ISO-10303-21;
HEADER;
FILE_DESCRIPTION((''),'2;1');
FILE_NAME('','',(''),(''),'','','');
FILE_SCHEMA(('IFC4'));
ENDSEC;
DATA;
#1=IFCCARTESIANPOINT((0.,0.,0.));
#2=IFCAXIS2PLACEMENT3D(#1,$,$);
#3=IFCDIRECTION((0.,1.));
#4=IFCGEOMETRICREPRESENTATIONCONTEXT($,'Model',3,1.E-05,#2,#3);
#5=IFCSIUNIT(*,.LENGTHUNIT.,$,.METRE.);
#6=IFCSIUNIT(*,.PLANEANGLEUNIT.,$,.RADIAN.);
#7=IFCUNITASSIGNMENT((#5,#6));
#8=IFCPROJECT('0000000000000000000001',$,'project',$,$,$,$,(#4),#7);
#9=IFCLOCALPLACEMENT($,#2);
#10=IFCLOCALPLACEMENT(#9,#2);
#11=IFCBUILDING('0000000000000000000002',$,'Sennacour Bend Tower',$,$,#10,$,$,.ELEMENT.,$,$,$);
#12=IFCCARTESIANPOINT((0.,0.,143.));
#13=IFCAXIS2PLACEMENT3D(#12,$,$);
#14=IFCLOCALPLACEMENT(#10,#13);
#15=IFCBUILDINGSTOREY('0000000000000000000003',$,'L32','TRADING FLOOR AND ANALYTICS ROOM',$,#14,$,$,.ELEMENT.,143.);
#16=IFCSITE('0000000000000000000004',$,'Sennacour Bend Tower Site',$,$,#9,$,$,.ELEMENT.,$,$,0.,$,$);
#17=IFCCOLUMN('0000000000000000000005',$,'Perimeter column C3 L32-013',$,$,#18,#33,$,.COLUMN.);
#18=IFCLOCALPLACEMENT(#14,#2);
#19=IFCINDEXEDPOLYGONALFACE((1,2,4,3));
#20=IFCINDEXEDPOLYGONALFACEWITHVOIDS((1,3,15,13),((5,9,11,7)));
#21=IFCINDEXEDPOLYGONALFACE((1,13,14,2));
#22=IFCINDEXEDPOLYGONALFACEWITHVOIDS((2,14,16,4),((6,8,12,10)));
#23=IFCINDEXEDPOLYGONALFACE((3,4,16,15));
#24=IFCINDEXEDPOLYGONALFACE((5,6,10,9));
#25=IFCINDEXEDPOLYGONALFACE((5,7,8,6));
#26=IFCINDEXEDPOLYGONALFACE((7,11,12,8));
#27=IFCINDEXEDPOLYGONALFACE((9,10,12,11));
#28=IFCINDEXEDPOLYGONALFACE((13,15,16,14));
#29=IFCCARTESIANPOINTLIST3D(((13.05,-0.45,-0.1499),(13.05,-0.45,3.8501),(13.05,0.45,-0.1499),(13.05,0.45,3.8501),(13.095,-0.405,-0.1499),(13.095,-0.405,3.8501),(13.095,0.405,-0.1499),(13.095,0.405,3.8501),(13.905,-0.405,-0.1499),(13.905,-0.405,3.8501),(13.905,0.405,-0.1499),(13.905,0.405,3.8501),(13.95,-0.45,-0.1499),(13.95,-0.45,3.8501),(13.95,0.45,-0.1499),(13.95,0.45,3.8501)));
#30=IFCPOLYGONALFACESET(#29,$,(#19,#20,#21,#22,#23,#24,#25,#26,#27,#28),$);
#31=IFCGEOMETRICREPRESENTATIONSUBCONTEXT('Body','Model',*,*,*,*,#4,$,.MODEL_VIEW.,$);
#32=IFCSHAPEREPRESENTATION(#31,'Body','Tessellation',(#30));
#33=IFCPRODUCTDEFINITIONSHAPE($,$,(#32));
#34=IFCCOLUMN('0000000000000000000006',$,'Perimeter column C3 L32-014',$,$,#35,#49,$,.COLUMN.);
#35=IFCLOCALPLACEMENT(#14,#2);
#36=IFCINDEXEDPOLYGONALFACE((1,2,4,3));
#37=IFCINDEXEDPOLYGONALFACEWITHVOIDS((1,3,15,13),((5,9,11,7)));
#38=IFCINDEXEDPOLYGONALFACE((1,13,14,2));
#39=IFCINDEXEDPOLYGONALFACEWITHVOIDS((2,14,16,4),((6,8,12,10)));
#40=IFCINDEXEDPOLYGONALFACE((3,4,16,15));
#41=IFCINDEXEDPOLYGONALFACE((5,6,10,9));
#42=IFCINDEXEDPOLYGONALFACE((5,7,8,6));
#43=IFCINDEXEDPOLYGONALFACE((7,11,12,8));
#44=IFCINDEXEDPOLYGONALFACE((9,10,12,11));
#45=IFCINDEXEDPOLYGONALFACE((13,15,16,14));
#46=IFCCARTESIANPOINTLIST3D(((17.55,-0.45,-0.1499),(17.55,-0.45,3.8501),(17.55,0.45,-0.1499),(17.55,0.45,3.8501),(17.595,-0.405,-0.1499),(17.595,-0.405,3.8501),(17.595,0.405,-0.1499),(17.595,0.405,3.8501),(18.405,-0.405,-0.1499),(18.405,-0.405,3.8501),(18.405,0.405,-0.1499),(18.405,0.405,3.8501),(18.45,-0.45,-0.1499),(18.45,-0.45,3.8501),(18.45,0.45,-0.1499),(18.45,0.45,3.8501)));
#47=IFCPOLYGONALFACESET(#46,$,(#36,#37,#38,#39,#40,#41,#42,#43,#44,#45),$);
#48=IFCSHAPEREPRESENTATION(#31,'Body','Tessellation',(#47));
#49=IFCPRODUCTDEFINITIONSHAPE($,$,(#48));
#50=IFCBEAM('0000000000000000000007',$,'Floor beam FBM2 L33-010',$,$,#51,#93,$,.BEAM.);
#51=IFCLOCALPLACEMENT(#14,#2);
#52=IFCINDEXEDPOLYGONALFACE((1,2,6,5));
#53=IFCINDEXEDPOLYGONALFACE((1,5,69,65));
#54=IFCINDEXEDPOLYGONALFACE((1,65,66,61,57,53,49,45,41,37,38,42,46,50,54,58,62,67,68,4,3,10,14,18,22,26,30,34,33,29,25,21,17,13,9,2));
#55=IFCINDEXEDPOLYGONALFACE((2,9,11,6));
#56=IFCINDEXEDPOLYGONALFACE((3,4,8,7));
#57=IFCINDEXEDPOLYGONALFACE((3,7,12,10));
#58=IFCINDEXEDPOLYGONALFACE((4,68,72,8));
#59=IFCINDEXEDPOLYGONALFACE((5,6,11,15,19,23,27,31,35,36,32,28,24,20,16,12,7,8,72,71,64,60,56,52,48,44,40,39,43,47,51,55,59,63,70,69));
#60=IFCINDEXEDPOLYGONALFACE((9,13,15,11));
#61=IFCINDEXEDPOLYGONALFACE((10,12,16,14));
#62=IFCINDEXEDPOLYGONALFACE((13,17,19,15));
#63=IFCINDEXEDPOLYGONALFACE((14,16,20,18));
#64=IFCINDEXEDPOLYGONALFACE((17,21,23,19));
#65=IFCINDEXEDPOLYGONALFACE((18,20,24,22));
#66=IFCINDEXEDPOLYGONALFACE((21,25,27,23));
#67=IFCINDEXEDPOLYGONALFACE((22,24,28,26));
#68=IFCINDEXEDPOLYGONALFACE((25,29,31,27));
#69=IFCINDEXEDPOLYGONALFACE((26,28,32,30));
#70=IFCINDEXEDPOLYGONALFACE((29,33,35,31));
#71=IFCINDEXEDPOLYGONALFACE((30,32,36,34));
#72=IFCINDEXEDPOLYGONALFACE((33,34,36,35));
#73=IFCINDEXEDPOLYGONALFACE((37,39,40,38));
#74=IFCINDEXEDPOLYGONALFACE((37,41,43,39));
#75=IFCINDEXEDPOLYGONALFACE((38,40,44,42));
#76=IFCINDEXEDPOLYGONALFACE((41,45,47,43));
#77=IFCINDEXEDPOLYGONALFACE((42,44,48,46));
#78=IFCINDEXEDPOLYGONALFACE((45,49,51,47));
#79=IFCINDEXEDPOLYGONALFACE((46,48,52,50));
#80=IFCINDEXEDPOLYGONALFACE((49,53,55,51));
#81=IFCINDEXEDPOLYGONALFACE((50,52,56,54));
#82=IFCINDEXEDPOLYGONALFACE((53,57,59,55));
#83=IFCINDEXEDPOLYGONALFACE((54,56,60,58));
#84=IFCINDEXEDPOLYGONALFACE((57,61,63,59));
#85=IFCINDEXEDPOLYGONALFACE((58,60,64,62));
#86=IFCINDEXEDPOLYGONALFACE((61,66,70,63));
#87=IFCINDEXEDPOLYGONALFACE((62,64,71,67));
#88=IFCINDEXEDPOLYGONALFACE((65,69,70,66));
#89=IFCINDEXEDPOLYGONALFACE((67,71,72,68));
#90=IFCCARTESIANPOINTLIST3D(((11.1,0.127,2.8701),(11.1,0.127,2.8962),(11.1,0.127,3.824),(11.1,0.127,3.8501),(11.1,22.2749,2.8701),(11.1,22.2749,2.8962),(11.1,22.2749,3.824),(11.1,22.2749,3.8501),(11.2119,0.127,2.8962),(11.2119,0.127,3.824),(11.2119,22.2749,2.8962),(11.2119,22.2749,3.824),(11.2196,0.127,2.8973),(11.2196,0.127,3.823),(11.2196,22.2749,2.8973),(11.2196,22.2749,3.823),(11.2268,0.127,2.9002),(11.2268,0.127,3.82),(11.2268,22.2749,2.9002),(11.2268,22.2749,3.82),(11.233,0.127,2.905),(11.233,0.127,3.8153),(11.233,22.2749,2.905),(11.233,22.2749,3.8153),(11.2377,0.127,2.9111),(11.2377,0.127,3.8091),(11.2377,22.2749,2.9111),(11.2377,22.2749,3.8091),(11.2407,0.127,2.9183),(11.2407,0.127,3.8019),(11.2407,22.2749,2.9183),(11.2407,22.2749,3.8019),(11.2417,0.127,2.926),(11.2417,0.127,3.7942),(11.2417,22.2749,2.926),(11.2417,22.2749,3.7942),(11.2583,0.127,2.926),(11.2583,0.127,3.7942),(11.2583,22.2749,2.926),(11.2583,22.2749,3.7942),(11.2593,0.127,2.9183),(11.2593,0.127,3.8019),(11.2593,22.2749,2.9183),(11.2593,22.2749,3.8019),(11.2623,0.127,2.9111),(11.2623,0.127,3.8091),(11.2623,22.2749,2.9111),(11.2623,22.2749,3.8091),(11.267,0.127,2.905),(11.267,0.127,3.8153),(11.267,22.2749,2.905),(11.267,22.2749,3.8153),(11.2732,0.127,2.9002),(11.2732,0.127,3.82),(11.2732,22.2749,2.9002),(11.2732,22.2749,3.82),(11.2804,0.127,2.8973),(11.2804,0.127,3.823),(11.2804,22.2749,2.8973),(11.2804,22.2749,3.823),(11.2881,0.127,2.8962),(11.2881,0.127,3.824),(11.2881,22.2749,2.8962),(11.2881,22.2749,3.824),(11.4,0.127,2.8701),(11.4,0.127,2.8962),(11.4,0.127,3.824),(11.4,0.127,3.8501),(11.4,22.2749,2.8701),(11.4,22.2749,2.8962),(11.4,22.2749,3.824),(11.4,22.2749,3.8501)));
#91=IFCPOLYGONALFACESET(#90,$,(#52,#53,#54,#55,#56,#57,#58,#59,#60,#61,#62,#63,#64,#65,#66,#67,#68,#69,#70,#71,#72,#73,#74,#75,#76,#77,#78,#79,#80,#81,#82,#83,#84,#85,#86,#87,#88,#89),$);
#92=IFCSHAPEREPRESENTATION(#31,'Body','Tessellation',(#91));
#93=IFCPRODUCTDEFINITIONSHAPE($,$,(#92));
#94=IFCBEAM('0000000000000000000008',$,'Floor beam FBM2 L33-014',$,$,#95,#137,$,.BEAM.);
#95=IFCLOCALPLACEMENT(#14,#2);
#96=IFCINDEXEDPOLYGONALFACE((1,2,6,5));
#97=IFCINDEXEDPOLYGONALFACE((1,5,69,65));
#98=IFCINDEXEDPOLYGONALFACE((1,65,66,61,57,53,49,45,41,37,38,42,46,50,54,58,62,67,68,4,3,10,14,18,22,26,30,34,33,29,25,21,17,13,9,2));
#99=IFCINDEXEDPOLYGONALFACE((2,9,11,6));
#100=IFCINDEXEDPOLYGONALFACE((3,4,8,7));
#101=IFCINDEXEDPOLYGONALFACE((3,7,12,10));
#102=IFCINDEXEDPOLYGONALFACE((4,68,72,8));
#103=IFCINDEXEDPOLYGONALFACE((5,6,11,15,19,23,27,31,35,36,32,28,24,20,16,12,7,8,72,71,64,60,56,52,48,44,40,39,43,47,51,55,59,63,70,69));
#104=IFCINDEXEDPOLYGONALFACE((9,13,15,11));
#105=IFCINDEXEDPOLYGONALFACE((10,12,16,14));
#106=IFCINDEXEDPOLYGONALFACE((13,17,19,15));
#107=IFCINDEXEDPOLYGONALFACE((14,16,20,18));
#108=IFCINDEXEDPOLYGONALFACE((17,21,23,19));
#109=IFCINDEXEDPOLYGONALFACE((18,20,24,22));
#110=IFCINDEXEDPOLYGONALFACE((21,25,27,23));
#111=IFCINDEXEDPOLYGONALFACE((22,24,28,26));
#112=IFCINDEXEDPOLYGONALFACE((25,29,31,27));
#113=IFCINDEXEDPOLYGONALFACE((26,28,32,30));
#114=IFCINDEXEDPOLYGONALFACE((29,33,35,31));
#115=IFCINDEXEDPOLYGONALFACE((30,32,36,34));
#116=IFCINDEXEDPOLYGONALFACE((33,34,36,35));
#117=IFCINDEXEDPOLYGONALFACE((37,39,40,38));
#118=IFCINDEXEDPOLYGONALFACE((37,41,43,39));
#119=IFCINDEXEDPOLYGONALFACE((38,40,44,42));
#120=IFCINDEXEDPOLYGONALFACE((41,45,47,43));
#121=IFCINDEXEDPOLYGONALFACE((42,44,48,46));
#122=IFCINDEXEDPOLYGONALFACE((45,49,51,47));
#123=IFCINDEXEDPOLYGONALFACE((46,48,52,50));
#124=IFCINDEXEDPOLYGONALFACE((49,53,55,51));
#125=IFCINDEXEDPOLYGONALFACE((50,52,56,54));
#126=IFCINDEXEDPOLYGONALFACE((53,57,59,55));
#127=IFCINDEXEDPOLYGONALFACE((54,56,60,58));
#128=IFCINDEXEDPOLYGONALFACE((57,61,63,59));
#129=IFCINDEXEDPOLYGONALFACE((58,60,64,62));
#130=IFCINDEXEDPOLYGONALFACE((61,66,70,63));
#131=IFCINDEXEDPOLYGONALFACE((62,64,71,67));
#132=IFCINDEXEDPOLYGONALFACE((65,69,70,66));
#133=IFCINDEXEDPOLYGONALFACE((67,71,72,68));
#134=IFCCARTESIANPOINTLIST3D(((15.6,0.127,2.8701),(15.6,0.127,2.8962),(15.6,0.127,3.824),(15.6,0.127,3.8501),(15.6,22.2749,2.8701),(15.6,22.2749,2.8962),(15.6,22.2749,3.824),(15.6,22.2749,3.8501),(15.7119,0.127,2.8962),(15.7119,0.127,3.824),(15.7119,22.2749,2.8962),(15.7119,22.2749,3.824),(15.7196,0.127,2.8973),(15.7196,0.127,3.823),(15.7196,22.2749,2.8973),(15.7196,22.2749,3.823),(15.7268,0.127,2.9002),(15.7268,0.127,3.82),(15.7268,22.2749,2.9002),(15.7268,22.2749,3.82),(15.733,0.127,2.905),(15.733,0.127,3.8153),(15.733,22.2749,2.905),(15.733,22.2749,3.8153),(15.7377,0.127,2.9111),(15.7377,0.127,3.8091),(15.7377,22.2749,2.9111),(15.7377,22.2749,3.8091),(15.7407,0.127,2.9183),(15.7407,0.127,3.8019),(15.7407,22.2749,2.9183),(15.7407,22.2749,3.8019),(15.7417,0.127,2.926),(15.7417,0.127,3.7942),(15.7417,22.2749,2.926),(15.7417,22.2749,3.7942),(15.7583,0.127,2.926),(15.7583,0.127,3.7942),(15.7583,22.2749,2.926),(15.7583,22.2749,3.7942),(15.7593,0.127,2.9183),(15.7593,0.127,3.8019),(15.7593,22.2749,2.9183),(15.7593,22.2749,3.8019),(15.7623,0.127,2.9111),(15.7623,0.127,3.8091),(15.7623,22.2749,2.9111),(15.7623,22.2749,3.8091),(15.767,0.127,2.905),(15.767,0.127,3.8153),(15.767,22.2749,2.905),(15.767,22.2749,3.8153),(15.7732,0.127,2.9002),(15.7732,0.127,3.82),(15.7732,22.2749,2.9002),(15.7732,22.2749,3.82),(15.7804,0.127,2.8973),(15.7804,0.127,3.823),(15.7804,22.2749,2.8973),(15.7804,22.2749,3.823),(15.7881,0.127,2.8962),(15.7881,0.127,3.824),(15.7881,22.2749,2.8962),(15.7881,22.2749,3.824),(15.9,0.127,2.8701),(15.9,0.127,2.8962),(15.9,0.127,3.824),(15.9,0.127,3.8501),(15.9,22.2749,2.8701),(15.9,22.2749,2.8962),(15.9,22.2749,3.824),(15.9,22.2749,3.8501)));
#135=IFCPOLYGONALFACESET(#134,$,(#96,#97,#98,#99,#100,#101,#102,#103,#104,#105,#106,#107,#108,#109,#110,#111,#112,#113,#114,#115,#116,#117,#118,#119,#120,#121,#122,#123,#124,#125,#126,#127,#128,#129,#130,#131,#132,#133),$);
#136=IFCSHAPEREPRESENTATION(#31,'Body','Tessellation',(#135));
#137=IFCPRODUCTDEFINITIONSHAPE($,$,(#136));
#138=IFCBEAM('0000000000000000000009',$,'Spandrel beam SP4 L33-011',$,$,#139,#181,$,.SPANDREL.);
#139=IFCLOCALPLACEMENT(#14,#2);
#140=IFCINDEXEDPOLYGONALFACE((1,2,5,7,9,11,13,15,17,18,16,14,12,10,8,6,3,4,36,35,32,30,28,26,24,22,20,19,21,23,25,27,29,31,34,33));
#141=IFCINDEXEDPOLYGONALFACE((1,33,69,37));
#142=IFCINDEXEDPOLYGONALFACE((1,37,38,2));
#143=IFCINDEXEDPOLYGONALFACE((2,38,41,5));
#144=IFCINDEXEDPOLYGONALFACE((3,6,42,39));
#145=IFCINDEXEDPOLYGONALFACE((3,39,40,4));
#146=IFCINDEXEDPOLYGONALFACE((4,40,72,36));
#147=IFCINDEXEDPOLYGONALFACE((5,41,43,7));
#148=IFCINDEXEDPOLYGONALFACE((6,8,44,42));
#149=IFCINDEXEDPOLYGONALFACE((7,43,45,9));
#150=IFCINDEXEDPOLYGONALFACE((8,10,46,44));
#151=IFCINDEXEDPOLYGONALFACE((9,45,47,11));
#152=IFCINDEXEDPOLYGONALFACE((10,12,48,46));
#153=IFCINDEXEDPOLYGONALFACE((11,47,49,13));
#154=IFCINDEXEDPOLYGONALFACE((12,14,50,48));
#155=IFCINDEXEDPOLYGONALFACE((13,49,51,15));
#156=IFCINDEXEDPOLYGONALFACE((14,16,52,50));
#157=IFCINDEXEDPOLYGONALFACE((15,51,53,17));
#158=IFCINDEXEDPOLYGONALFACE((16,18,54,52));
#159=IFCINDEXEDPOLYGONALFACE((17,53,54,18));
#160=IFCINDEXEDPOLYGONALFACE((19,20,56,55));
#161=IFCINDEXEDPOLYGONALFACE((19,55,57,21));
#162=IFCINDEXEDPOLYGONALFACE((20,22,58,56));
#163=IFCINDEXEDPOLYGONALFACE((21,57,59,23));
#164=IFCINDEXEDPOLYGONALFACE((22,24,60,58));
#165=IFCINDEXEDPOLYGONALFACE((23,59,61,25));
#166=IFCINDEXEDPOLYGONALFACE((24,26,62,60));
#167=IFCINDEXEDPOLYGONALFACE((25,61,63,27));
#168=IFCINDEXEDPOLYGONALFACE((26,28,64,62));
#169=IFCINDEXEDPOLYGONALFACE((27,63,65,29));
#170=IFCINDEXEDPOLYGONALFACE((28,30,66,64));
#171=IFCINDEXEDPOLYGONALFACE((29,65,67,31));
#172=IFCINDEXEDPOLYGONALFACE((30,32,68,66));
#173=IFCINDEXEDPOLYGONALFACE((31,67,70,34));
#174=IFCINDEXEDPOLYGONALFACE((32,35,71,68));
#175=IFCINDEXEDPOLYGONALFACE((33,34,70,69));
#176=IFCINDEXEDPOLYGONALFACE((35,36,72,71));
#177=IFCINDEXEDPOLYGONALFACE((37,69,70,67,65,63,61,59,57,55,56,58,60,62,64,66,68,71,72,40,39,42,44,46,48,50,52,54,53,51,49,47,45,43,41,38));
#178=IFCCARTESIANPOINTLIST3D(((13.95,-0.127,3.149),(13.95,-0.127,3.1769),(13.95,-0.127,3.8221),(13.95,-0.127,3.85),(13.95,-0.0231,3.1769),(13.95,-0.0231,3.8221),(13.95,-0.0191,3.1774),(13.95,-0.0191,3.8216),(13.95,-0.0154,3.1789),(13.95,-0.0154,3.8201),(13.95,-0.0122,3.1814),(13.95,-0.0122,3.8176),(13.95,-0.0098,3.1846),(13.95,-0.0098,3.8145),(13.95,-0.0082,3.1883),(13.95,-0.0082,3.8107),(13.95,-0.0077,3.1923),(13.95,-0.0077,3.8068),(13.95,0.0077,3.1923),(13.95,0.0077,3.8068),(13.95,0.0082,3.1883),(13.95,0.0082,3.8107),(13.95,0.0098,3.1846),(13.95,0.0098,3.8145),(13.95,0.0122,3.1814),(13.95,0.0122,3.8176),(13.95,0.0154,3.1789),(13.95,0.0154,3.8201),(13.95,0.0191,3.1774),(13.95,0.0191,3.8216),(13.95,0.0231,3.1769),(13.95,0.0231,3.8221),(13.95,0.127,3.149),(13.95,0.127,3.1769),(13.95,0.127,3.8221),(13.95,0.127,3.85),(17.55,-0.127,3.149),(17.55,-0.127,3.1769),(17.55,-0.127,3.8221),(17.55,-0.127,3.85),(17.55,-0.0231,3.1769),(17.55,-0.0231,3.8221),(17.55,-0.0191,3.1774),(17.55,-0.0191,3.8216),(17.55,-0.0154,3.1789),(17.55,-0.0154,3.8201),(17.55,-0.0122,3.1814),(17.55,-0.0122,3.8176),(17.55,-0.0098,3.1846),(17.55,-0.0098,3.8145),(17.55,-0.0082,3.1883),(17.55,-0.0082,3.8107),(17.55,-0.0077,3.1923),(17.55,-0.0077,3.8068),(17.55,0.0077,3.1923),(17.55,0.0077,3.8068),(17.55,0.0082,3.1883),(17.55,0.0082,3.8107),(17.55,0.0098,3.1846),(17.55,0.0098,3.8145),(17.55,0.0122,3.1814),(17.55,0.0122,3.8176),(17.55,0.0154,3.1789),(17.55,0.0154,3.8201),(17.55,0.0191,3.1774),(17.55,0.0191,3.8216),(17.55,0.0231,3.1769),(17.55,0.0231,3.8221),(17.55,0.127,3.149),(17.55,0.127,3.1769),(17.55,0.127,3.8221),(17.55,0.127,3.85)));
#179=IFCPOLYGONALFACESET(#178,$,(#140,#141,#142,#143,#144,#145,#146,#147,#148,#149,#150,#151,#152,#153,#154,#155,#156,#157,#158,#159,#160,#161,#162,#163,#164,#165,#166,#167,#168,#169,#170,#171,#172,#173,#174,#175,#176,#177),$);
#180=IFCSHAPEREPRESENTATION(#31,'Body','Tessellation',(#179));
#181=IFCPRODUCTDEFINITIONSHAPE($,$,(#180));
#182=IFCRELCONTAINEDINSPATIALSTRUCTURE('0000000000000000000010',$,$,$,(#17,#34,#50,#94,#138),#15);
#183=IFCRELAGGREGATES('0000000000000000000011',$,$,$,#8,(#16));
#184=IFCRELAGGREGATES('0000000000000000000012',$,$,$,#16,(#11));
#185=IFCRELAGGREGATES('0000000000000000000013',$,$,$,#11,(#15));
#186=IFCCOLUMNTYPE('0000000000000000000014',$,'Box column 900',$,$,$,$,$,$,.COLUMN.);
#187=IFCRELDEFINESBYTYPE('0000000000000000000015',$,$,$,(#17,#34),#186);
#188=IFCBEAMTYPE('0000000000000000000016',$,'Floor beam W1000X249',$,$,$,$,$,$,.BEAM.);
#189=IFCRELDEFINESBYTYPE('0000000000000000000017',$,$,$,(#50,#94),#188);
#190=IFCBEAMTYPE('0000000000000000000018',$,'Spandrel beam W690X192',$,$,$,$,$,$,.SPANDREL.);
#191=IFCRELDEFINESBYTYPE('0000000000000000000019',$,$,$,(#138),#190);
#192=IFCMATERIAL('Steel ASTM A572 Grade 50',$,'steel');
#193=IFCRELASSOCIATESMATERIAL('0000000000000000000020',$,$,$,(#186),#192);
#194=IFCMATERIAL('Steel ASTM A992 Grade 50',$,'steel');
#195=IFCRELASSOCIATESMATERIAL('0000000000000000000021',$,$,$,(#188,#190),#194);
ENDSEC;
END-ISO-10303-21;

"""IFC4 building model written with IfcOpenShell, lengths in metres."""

from ifc_helpers import new_model, si_unit, direction, frame, origin, origin_2d, place, context, subcontext, project, spatial, hollow_rectangle, i_section, extrude, material, material_profile, profile_set, type_object, element, save


model = new_model("IFC4")

# Units and contexts
model_context = context("Model", 3, precision=1e-05, world=origin(), true_north=direction((0.0, 1.0)))
body_context = subcontext(model_context, "Body", "Model", "MODEL_VIEW")
ifc_project = project(units=[si_unit("LENGTHUNIT", "METRE"), si_unit("PLANEANGLEUNIT", "RADIAN")], contexts=[model_context])

# Site, building, storey
site_placement = place(None, origin())
site = spatial("IfcSite", under=ifc_project, at=site_placement, Name="Sennacour Bend Tower Site", CompositionType="ELEMENT", RefElevation=0.0)
building_placement = place(site_placement, origin())
building = spatial("IfcBuilding", under=site, at=building_placement, Name="Sennacour Bend Tower", CompositionType="ELEMENT")
storey_placement = place(building_placement, frame((0.0, 0.0, 143.0)))
storey = spatial("IfcBuildingStorey", under=building, at=storey_placement, Name="L32", Description="TRADING FLOOR AND ANALYTICS ROOM", CompositionType="ELEMENT", Elevation=143.0)

# Columns
ifc_material_1 = material(Name="Steel ASTM A572 Grade 50", Category="steel")
ifc_material_profile_1 = material_profile(ifc_material_1, hollow_rectangle(XDim=0.8999, YDim=0.8999, WallThickness=0.0449, at=origin_2d()), Name="Steel ASTM A572 Grade 50", Category="steel")
ifc_profile_set_1 = profile_set([ifc_material_profile_1], Name="Steel ASTM A572 Grade 50")
column_type = type_object("IfcColumnType", Name="Box column 900", PredefinedType="COLUMN", material=ifc_profile_set_1)
for number, where, z_axis, x_axis, name in (
    (1, (13.5, 0.0, -0.1499), (0.0, 0.0, 1.0), (1.0, 0.0, 0.0), "Perimeter column C3 L32-013"),
    (2, (18.0, 0.0, -0.1499), (0.0, 0.0, 1.0), (1.0, 0.0, 0.0), "Perimeter column C3 L32-014"),
):
    element("IfcColumn", number, at=place(storey_placement, frame(where, z_axis=z_axis, x_axis=x_axis)), inside=storey, type_object=column_type, Name=name, PredefinedType="COLUMN", context=body_context, shape_type="SweptSolid", body=[
        extrude(hollow_rectangle(XDim=0.8999, YDim=0.8999, WallThickness=0.0449, at=origin_2d()), origin(), (0.0, 0.0, 1.0), 4.0),
    ])

# Beams
ifc_material_2 = material(Name="Steel ASTM A992 Grade 50", Category="steel")
ifc_material_profile_2 = material_profile(ifc_material_2, i_section(OverallWidth=0.3, OverallDepth=0.98, WebThickness=0.0166, FlangeThickness=0.0261, FilletRadius=0.0298, at=origin_2d()), Name="Steel ASTM A992 Grade 50", Category="steel")
ifc_profile_set_2 = profile_set([ifc_material_profile_2], Name="Steel ASTM A992 Grade 50")
beam_type_1 = type_object("IfcBeamType", Name="Floor beam W1000X249", PredefinedType="BEAM", material=ifc_profile_set_2)
for number, where, z_axis, x_axis, name in (
    (3, (11.25, 0.127, 3.3601), (0.0, 1.0, 0.0), (-1.0, 0.0, 0.0), "Floor beam FBM2 L33-010"),
    (4, (15.75, 0.127, 3.3601), (0.0, 1.0, 0.0), (-1.0, 0.0, 0.0), "Floor beam FBM2 L33-014"),
):
    element("IfcBeam", number, at=place(storey_placement, frame(where, z_axis=z_axis, x_axis=x_axis)), inside=storey, type_object=beam_type_1, Name=name, PredefinedType="BEAM", context=body_context, shape_type="SweptSolid", body=[
        extrude(i_section(OverallWidth=0.3, OverallDepth=0.98, WebThickness=0.0166, FlangeThickness=0.0261, FilletRadius=0.0298, at=origin_2d()), origin(), (0.0, 0.0, 1.0), 22.1479),
    ])
ifc_material_profile_3 = material_profile(ifc_material_2, i_section(OverallWidth=0.2539, OverallDepth=0.7009, WebThickness=0.0154, FlangeThickness=0.0278, FilletRadius=0.0154, at=origin_2d()), Name="Steel ASTM A992 Grade 50", Category="steel")
ifc_profile_set_3 = profile_set([ifc_material_profile_3], Name="Steel ASTM A992 Grade 50")
beam_type_2 = type_object("IfcBeamType", Name="Spandrel beam W690X192", PredefinedType="SPANDREL", material=ifc_profile_set_3)
for number, where, z_axis, x_axis, name in (
    (5, (17.55, 0.0, 3.4995), (-1.0, 0.0, 0.0), (0.0, -1.0, 0.0), "Spandrel beam SP4 L33-011"),
):
    element("IfcBeam", number, at=place(storey_placement, frame(where, z_axis=z_axis, x_axis=x_axis)), inside=storey, type_object=beam_type_2, Name=name, PredefinedType="SPANDREL", context=body_context, shape_type="SweptSolid", body=[
        extrude(i_section(OverallWidth=0.2539, OverallDepth=0.7009, WebThickness=0.0154, FlangeThickness=0.0278, FilletRadius=0.0154, at=origin_2d()), origin(), (0.0, 0.0, 1.0), 3.6001),
    ])

save(model, "model.ifc")
